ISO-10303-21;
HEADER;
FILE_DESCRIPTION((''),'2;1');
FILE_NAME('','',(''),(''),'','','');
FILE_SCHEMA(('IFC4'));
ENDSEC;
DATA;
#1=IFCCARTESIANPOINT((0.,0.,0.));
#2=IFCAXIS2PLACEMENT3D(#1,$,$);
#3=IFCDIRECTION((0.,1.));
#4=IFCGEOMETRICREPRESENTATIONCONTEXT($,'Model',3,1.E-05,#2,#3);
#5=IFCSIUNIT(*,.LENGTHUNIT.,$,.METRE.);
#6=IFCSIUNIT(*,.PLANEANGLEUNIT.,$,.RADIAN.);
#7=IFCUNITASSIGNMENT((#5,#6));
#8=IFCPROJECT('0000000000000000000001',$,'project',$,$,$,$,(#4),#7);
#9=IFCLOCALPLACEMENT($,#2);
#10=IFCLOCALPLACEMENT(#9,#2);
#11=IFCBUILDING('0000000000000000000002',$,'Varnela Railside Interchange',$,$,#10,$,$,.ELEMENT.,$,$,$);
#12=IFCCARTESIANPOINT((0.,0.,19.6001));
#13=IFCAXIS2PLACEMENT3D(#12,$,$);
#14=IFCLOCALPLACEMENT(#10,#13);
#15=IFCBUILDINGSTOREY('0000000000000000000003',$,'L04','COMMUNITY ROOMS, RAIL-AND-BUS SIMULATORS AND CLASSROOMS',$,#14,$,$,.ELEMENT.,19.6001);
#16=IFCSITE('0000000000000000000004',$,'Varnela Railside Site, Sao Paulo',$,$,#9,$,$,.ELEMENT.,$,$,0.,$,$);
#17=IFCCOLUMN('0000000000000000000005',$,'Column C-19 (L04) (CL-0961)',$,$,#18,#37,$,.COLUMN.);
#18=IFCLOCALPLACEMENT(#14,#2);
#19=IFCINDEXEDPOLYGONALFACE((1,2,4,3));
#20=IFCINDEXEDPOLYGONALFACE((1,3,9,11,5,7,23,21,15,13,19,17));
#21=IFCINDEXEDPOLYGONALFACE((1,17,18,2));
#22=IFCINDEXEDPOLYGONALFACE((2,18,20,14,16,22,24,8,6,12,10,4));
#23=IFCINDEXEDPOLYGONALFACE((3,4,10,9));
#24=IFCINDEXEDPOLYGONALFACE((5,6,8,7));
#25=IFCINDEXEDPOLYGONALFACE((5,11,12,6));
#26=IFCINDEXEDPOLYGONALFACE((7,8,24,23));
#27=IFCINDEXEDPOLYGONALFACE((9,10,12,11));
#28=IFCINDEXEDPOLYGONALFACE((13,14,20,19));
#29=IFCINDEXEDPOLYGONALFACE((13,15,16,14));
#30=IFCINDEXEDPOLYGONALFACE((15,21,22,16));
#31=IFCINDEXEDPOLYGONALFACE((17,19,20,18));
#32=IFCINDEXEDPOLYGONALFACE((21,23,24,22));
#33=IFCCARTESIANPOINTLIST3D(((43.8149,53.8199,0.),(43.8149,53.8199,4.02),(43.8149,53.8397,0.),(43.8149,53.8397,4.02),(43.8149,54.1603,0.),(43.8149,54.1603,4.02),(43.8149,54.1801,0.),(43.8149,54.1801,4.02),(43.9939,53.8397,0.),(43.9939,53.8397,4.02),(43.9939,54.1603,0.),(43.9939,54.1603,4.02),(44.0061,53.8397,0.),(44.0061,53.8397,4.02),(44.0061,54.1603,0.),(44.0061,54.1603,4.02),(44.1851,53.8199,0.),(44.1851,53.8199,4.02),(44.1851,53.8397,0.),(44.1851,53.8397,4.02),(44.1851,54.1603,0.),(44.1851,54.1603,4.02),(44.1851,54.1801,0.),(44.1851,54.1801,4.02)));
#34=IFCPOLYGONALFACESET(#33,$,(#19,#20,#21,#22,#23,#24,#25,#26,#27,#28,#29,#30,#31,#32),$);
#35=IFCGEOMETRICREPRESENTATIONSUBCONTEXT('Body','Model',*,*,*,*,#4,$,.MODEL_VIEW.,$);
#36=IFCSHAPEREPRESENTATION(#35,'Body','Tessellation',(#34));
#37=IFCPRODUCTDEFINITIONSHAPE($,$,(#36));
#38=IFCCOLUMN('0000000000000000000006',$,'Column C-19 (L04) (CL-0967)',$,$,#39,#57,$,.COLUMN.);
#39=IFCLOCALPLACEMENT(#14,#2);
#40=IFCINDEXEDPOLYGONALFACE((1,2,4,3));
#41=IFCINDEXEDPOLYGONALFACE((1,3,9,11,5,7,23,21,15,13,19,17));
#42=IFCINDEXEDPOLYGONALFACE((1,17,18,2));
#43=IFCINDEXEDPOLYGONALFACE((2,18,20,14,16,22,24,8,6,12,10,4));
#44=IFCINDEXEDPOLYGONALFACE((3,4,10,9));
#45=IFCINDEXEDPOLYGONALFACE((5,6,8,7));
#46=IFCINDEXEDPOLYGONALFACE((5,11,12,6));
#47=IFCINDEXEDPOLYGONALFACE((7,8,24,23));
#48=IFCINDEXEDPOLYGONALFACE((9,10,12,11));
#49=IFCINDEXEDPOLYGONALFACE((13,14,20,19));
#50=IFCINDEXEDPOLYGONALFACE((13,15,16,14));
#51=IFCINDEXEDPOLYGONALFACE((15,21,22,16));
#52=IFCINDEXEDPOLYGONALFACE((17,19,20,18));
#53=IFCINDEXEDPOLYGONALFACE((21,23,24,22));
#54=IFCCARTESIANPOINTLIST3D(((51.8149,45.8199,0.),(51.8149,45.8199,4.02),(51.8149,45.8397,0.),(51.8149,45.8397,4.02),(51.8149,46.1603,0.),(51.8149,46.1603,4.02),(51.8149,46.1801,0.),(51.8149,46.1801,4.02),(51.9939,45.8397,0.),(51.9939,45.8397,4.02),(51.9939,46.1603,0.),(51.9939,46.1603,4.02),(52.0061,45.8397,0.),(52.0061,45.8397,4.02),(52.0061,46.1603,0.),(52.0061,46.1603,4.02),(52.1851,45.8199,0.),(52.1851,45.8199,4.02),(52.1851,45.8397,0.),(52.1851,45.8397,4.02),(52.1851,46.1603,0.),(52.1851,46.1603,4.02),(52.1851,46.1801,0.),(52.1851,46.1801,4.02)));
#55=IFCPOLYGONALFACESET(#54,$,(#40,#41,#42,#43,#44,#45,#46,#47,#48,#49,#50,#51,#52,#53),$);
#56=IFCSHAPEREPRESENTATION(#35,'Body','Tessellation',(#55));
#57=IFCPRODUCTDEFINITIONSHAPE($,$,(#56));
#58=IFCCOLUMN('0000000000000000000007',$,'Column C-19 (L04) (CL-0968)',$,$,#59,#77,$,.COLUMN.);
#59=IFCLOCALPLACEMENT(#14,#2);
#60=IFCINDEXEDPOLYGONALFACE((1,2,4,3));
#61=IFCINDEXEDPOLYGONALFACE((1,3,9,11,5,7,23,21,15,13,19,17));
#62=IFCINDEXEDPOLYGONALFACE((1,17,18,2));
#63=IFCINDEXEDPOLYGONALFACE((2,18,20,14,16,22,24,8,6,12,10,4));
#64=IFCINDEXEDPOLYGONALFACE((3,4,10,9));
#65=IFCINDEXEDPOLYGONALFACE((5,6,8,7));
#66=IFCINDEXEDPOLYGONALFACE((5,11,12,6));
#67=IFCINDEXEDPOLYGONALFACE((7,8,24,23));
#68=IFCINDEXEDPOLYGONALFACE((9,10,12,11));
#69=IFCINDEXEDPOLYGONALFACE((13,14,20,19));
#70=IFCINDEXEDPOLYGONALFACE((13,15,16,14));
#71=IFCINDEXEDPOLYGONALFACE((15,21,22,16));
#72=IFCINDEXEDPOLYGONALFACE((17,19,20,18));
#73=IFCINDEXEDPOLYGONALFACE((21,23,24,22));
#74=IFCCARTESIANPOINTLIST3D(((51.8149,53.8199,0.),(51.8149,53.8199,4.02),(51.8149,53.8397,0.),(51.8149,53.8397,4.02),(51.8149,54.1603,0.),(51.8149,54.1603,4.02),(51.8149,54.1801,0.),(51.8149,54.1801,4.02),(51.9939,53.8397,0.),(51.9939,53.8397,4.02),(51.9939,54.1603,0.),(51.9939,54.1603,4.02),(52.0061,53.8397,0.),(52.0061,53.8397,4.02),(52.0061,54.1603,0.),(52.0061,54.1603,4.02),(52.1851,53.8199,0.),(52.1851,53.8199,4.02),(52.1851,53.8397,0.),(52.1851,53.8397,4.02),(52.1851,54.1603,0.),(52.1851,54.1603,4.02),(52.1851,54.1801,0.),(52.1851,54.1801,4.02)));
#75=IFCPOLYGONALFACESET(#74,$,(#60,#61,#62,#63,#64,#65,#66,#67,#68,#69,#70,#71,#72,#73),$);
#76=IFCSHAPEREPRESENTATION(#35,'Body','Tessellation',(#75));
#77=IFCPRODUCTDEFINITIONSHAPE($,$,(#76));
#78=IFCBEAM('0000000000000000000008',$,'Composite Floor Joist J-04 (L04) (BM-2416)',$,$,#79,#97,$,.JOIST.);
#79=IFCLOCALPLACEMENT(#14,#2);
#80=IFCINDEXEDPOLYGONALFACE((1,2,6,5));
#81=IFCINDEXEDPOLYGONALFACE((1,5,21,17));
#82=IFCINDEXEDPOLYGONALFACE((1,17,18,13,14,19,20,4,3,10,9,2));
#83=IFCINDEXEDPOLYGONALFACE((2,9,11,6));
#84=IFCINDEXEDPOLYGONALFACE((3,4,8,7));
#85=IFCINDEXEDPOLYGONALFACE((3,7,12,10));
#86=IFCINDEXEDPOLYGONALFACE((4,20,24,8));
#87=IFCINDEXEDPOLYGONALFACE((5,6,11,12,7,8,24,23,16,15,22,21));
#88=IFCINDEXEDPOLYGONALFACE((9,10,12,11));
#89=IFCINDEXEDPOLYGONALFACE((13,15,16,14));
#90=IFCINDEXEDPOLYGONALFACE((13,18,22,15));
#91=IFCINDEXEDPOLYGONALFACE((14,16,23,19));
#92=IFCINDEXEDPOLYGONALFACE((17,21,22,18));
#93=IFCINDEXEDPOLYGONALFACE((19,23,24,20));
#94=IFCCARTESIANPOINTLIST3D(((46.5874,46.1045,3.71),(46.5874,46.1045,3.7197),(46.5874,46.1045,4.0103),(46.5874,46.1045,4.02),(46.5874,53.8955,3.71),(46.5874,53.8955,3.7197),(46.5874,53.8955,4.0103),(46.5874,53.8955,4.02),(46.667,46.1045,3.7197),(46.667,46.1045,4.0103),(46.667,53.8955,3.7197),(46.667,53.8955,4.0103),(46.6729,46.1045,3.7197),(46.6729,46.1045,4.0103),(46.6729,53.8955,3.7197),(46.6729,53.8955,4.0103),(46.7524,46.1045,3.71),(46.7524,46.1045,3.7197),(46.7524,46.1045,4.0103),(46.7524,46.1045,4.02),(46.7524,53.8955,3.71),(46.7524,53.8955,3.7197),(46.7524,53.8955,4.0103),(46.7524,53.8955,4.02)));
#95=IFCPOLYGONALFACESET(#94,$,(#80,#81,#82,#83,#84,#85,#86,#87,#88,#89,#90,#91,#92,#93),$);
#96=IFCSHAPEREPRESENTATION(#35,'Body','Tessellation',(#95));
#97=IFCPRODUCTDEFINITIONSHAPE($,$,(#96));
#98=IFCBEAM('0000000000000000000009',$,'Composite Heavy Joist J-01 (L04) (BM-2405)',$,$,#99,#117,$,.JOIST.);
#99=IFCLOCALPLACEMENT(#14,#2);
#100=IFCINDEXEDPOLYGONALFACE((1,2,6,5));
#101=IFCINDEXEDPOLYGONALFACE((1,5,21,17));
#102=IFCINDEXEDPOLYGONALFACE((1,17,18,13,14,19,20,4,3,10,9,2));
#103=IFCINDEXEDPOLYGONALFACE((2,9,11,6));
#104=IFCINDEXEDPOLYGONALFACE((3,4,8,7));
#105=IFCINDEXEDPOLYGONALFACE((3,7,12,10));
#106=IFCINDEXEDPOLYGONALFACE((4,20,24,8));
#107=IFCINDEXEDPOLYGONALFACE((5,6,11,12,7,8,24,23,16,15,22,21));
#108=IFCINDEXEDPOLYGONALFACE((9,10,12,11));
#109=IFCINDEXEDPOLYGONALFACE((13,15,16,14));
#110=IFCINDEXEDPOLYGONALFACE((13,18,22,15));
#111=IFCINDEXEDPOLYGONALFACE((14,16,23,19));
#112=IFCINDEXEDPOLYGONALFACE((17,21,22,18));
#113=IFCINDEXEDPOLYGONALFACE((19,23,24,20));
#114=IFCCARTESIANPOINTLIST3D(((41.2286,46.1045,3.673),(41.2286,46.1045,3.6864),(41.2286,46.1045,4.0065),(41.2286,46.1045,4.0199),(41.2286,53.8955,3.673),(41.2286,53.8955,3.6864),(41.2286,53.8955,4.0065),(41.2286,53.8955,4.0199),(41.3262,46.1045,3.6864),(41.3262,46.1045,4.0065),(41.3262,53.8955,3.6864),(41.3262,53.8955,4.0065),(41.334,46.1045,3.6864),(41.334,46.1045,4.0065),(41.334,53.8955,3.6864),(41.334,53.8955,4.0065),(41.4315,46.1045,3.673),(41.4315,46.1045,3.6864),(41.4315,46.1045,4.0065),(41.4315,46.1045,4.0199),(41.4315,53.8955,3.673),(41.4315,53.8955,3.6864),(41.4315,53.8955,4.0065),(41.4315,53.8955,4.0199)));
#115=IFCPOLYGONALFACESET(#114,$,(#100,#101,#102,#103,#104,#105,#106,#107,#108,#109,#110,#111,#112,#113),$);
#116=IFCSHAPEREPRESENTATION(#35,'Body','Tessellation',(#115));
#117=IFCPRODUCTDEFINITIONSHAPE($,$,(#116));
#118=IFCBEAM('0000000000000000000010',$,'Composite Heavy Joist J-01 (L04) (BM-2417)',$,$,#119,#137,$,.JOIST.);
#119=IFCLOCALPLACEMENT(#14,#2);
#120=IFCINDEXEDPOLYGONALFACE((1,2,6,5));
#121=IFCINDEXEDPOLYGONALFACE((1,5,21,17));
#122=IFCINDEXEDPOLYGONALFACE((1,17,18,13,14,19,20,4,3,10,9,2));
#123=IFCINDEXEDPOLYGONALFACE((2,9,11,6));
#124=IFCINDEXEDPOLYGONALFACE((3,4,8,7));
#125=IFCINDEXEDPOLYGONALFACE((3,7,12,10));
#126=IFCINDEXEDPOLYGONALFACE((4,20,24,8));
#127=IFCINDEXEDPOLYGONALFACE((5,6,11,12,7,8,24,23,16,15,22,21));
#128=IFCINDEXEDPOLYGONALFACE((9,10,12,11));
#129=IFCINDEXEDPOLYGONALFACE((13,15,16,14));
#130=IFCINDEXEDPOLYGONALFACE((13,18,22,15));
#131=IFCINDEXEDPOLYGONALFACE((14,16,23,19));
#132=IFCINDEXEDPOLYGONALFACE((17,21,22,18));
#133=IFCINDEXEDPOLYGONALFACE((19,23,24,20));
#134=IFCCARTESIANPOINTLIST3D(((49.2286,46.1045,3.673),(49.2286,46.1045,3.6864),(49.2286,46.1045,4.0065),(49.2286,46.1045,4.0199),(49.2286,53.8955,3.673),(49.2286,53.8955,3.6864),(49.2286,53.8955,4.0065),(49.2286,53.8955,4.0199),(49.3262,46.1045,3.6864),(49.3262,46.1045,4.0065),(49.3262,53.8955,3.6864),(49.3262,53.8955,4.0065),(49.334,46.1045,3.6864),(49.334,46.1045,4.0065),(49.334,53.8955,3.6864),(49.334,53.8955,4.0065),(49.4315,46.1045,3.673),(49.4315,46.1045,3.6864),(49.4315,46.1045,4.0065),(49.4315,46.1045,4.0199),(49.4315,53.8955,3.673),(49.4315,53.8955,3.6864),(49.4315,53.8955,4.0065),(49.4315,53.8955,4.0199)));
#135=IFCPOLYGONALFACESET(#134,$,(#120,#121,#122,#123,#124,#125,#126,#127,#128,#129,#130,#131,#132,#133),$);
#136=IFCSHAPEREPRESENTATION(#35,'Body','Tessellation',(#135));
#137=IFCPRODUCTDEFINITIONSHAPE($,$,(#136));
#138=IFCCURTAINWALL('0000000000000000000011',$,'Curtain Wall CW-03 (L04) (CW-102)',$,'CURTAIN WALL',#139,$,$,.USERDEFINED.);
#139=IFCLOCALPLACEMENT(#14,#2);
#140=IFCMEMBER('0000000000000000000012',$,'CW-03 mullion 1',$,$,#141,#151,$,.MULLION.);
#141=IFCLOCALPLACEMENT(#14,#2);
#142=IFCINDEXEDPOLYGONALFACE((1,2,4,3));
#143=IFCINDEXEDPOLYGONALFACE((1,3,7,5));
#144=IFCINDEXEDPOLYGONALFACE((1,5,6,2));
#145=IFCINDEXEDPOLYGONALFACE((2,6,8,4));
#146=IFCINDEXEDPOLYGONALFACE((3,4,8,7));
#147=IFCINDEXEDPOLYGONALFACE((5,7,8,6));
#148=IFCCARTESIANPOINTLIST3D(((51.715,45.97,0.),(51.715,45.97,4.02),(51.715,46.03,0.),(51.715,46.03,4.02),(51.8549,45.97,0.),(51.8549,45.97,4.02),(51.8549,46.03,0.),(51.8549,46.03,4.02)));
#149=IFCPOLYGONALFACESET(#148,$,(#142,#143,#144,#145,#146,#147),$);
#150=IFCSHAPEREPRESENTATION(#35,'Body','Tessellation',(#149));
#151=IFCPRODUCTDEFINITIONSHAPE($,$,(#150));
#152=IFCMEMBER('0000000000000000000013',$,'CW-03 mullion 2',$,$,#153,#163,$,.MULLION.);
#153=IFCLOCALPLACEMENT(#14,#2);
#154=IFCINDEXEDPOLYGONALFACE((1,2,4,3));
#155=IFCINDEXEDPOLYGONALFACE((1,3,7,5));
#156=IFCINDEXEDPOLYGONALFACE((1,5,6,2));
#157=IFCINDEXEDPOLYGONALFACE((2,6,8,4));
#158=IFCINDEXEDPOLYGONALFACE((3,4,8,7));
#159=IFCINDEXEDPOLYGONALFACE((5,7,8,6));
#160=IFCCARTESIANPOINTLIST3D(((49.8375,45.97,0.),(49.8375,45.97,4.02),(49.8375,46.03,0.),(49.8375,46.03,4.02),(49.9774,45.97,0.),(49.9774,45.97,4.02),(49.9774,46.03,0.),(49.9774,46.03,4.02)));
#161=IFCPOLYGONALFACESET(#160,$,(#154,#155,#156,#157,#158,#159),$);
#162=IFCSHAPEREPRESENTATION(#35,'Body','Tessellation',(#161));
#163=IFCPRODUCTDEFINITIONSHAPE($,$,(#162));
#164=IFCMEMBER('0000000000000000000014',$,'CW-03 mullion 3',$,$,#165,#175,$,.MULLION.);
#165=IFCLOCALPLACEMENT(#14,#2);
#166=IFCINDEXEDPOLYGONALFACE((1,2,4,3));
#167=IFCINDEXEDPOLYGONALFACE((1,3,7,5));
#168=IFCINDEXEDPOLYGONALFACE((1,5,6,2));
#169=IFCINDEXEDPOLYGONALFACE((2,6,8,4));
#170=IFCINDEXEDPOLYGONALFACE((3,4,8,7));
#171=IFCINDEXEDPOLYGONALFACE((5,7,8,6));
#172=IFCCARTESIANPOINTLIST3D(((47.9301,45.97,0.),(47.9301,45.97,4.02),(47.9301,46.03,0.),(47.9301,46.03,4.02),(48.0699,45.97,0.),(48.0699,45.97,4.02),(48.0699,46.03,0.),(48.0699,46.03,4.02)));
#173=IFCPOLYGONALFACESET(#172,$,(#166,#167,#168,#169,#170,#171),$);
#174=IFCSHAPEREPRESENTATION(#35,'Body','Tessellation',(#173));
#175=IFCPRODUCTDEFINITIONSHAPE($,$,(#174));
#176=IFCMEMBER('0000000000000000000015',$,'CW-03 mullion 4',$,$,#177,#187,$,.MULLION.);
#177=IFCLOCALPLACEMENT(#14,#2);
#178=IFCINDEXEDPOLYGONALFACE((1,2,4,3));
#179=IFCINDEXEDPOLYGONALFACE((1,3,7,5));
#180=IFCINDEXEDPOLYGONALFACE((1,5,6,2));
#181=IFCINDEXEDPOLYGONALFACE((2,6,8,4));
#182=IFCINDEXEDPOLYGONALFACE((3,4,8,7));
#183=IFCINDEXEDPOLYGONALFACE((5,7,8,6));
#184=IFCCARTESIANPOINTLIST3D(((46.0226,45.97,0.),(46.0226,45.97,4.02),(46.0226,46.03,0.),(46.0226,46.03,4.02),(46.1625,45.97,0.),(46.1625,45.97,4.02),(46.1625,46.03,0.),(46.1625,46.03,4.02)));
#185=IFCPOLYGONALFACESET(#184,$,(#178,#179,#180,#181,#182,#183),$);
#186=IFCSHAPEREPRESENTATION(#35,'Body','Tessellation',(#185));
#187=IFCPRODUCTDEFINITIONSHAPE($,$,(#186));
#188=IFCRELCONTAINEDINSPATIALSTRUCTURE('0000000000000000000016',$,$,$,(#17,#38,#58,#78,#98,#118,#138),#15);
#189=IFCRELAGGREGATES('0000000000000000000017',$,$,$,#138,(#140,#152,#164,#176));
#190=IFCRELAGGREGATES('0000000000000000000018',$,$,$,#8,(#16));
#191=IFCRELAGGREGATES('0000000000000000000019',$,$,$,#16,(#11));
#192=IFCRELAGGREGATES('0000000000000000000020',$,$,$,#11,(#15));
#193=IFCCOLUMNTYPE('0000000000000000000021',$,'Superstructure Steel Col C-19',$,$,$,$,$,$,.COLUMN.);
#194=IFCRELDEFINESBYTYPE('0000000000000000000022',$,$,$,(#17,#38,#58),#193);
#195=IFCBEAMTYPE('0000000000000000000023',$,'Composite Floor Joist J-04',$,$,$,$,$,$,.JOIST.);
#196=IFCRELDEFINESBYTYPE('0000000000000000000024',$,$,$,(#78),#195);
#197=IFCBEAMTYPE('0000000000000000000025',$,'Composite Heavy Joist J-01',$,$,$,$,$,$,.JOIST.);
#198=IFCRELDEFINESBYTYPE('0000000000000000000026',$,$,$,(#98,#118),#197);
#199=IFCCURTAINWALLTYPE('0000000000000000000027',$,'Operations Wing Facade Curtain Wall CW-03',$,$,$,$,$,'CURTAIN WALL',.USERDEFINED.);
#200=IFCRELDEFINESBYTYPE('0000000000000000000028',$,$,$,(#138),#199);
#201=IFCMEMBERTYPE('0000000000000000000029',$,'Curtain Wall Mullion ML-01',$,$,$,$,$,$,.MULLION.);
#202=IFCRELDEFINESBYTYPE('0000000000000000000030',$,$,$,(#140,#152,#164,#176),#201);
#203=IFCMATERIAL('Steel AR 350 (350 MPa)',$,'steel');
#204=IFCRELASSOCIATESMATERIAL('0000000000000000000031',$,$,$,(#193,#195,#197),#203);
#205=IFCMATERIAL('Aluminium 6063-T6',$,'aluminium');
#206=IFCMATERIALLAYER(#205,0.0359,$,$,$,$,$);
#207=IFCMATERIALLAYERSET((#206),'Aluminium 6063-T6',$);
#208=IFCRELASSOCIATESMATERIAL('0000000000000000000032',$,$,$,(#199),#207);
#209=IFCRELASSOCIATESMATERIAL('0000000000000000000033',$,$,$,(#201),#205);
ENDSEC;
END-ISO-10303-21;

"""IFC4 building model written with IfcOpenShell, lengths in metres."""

from ifc_helpers import new_model, si_unit, direction, frame, origin, origin_2d, place, context, subcontext, project, spatial, rectangle, i_section, extrude, material, layer, layer_set, material_profile, profile_set, type_object, element, aggregate, save


model = new_model("IFC4")

# Units and contexts
model_context = context("Model", 3, precision=1e-05, world=origin(), true_north=direction((0.0, 1.0)))
body_context = subcontext(model_context, "Body", "Model", "MODEL_VIEW")
ifc_project = project(units=[si_unit("LENGTHUNIT", "METRE"), si_unit("PLANEANGLEUNIT", "RADIAN")], contexts=[model_context])

# Site, building, storey
site_placement = place(None, origin())
site = spatial("IfcSite", under=ifc_project, at=site_placement, Name="Varnela Railside Site, Sao Paulo", CompositionType="ELEMENT", RefElevation=0.0)
building_placement = place(site_placement, origin())
building = spatial("IfcBuilding", under=site, at=building_placement, Name="Varnela Railside Interchange", CompositionType="ELEMENT")
storey_placement = place(building_placement, frame((0.0, 0.0, 19.6001)))
storey = spatial("IfcBuildingStorey", under=building, at=storey_placement, Name="L04", Description="COMMUNITY ROOMS, RAIL-AND-BUS SIMULATORS AND CLASSROOMS", CompositionType="ELEMENT", Elevation=19.6001)

# Columns
ifc_material_1 = material(Name="Steel AR 350 (350 MPa)", Category="steel")
ifc_material_profile_1 = material_profile(ifc_material_1, i_section(OverallWidth=0.3701, OverallDepth=0.3601, WebThickness=0.0122, FlangeThickness=0.0198, at=origin_2d()), Name="W360x147")
ifc_profile_set_1 = profile_set([ifc_material_profile_1], Name="Steel AR 350 (350 MPa)")
column_type = type_object("IfcColumnType", Name="Superstructure Steel Col C-19", PredefinedType="COLUMN", material=ifc_profile_set_1)
for number, where, z_axis, x_axis, name in (
    (1, (44.0, 54.0, 0.0), (0.0, 0.0, 1.0), (1.0, 0.0, 0.0), "Column C-19 (L04) (CL-0961)"),
    (2, (52.0, 46.0, 0.0), (0.0, 0.0, 1.0), (1.0, 0.0, 0.0), "Column C-19 (L04) (CL-0967)"),
    (3, (52.0, 54.0, 0.0), (0.0, 0.0, 1.0), (1.0, 0.0, 0.0), "Column C-19 (L04) (CL-0968)"),
):
    element("IfcColumn", number, at=place(storey_placement, frame(where, z_axis=z_axis, x_axis=x_axis)), inside=storey, type_object=column_type, Name=name, PredefinedType="COLUMN", context=body_context, shape_type="SweptSolid", body=[
        extrude(i_section(OverallWidth=0.3701, OverallDepth=0.3601, WebThickness=0.0122, FlangeThickness=0.0198, at=origin_2d()), origin(), (0.0, 0.0, 1.0), 4.02),
    ])

# Beams
ifc_material_profile_2 = material_profile(ifc_material_1, i_section(OverallWidth=0.165, OverallDepth=0.3101, WebThickness=0.0059, FlangeThickness=0.0098, at=origin_2d()), Name="W310x38.7")
ifc_profile_set_2 = profile_set([ifc_material_profile_2], Name="Steel AR 350 (350 MPa)")
beam_type_1 = type_object("IfcBeamType", Name="Composite Floor Joist J-04", PredefinedType="JOIST", material=ifc_profile_set_2)
beam_1_placement = place(storey_placement, frame((46.6699, 46.1045, 3.865), z_axis=(0.0, 1.0, 0.0), x_axis=(-1.0, 0.0, 0.0)))
element("IfcBeam", 4, at=beam_1_placement, inside=storey, type_object=beam_type_1, Name="Composite Floor Joist J-04 (L04) (BM-2416)", PredefinedType="JOIST", context=body_context, shape_type="SweptSolid", body=[
    extrude(i_section(OverallWidth=0.165, OverallDepth=0.3101, WebThickness=0.0059, FlangeThickness=0.0098, at=origin_2d()), origin(), (0.0, 0.0, 1.0), 7.791),
])
ifc_material_profile_3 = material_profile(ifc_material_1, i_section(OverallWidth=0.2029, OverallDepth=0.3469, WebThickness=0.0078, FlangeThickness=0.0134, at=origin_2d()), Name="W360x64")
ifc_profile_set_3 = profile_set([ifc_material_profile_3], Name="Steel AR 350 (350 MPa)")
beam_type_2 = type_object("IfcBeamType", Name="Composite Heavy Joist J-01", PredefinedType="JOIST", material=ifc_profile_set_3)
for number, where, z_axis, x_axis, name in (
    (5, (41.3301, 46.1045, 3.8464), (0.0, 1.0, 0.0), (-1.0, 0.0, 0.0), "Composite Heavy Joist J-01 (L04) (BM-2405)"),
    (6, (49.3301, 46.1045, 3.8464), (0.0, 1.0, 0.0), (-1.0, 0.0, 0.0), "Composite Heavy Joist J-01 (L04) (BM-2417)"),
):
    element("IfcBeam", number, at=place(storey_placement, frame(where, z_axis=z_axis, x_axis=x_axis)), inside=storey, type_object=beam_type_2, Name=name, PredefinedType="JOIST", context=body_context, shape_type="SweptSolid", body=[
        extrude(i_section(OverallWidth=0.2029, OverallDepth=0.3469, WebThickness=0.0078, FlangeThickness=0.0134, at=origin_2d()), origin(), (0.0, 0.0, 1.0), 7.791),
    ])

# Curtain wall, members
ifc_material_2 = material(Name="Aluminium 6063-T6", Category="aluminium")
ifc_layer_1 = layer(ifc_material_2, 0.0359)
ifc_layer_set_1 = layer_set([ifc_layer_1], Name="Aluminium 6063-T6")
curtain_wall_type = type_object("IfcCurtainWallType", Name="Operations Wing Facade Curtain Wall CW-03", ElementType="CURTAIN WALL", PredefinedType="USERDEFINED", material=ifc_layer_set_1)
curtain_wall_placement = place(storey_placement, origin())
curtain_wall = element("IfcCurtainWall", 7, at=curtain_wall_placement, inside=storey, type_object=curtain_wall_type, Name="Curtain Wall CW-03 (L04) (CW-102)", ObjectType="CURTAIN WALL", PredefinedType="USERDEFINED")
ifc_material_profile_4 = material_profile(ifc_material_2, rectangle(XDim=0.0601, YDim=0.1399, at=origin_2d()), Name="ALU 60x140")
ifc_profile_set_4 = profile_set([ifc_material_profile_4], Name="Aluminium 6063-T6")
member_type_1 = type_object("IfcMemberType", Name="Curtain Wall Mullion ML-01", PredefinedType="MULLION", material=ifc_profile_set_4)
member_1_placement = place(storey_placement, frame((51.7849, 46.0, 0.0), z_axis=(0.0, 0.0, 1.0), x_axis=(0.0, -1.0, 0.0)))
member_1 = element("IfcMember", 8, at=member_1_placement, type_object=member_type_1, Name="CW-03 mullion 1", PredefinedType="MULLION", context=body_context, shape_type="SweptSolid", body=[
    extrude(rectangle(XDim=0.0601, YDim=0.1399, at=origin_2d()), origin(), (0.0, 0.0, 1.0), 4.02),
])
member_2_placement = place(storey_placement, frame((49.9075, 46.0, 0.0), z_axis=(0.0, 0.0, 1.0), x_axis=(0.0, -1.0, 0.0)))
member_2 = element("IfcMember", 9, at=member_2_placement, type_object=member_type_1, Name="CW-03 mullion 2", PredefinedType="MULLION", context=body_context, shape_type="SweptSolid", body=[
    extrude(rectangle(XDim=0.0601, YDim=0.1399, at=origin_2d()), origin(), (0.0, 0.0, 1.0), 4.02),
])
member_3_placement = place(storey_placement, frame((48.0, 46.0, 0.0), z_axis=(0.0, 0.0, 1.0), x_axis=(0.0, -1.0, 0.0)))
member_3 = element("IfcMember", 10, at=member_3_placement, type_object=member_type_1, Name="CW-03 mullion 3", PredefinedType="MULLION", context=body_context, shape_type="SweptSolid", body=[
    extrude(rectangle(XDim=0.0601, YDim=0.1399, at=origin_2d()), origin(), (0.0, 0.0, 1.0), 4.02),
])
member_4_placement = place(storey_placement, frame((46.0925, 46.0, 0.0), z_axis=(0.0, 0.0, 1.0), x_axis=(0.0, -1.0, 0.0)))
member_4 = element("IfcMember", 11, at=member_4_placement, type_object=member_type_1, Name="CW-03 mullion 4", PredefinedType="MULLION", context=body_context, shape_type="SweptSolid", body=[
    extrude(rectangle(XDim=0.0601, YDim=0.1399, at=origin_2d()), origin(), (0.0, 0.0, 1.0), 4.02),
])

aggregate(curtain_wall, [member_1, member_2, member_3, member_4])

save(model, "model.ifc")
